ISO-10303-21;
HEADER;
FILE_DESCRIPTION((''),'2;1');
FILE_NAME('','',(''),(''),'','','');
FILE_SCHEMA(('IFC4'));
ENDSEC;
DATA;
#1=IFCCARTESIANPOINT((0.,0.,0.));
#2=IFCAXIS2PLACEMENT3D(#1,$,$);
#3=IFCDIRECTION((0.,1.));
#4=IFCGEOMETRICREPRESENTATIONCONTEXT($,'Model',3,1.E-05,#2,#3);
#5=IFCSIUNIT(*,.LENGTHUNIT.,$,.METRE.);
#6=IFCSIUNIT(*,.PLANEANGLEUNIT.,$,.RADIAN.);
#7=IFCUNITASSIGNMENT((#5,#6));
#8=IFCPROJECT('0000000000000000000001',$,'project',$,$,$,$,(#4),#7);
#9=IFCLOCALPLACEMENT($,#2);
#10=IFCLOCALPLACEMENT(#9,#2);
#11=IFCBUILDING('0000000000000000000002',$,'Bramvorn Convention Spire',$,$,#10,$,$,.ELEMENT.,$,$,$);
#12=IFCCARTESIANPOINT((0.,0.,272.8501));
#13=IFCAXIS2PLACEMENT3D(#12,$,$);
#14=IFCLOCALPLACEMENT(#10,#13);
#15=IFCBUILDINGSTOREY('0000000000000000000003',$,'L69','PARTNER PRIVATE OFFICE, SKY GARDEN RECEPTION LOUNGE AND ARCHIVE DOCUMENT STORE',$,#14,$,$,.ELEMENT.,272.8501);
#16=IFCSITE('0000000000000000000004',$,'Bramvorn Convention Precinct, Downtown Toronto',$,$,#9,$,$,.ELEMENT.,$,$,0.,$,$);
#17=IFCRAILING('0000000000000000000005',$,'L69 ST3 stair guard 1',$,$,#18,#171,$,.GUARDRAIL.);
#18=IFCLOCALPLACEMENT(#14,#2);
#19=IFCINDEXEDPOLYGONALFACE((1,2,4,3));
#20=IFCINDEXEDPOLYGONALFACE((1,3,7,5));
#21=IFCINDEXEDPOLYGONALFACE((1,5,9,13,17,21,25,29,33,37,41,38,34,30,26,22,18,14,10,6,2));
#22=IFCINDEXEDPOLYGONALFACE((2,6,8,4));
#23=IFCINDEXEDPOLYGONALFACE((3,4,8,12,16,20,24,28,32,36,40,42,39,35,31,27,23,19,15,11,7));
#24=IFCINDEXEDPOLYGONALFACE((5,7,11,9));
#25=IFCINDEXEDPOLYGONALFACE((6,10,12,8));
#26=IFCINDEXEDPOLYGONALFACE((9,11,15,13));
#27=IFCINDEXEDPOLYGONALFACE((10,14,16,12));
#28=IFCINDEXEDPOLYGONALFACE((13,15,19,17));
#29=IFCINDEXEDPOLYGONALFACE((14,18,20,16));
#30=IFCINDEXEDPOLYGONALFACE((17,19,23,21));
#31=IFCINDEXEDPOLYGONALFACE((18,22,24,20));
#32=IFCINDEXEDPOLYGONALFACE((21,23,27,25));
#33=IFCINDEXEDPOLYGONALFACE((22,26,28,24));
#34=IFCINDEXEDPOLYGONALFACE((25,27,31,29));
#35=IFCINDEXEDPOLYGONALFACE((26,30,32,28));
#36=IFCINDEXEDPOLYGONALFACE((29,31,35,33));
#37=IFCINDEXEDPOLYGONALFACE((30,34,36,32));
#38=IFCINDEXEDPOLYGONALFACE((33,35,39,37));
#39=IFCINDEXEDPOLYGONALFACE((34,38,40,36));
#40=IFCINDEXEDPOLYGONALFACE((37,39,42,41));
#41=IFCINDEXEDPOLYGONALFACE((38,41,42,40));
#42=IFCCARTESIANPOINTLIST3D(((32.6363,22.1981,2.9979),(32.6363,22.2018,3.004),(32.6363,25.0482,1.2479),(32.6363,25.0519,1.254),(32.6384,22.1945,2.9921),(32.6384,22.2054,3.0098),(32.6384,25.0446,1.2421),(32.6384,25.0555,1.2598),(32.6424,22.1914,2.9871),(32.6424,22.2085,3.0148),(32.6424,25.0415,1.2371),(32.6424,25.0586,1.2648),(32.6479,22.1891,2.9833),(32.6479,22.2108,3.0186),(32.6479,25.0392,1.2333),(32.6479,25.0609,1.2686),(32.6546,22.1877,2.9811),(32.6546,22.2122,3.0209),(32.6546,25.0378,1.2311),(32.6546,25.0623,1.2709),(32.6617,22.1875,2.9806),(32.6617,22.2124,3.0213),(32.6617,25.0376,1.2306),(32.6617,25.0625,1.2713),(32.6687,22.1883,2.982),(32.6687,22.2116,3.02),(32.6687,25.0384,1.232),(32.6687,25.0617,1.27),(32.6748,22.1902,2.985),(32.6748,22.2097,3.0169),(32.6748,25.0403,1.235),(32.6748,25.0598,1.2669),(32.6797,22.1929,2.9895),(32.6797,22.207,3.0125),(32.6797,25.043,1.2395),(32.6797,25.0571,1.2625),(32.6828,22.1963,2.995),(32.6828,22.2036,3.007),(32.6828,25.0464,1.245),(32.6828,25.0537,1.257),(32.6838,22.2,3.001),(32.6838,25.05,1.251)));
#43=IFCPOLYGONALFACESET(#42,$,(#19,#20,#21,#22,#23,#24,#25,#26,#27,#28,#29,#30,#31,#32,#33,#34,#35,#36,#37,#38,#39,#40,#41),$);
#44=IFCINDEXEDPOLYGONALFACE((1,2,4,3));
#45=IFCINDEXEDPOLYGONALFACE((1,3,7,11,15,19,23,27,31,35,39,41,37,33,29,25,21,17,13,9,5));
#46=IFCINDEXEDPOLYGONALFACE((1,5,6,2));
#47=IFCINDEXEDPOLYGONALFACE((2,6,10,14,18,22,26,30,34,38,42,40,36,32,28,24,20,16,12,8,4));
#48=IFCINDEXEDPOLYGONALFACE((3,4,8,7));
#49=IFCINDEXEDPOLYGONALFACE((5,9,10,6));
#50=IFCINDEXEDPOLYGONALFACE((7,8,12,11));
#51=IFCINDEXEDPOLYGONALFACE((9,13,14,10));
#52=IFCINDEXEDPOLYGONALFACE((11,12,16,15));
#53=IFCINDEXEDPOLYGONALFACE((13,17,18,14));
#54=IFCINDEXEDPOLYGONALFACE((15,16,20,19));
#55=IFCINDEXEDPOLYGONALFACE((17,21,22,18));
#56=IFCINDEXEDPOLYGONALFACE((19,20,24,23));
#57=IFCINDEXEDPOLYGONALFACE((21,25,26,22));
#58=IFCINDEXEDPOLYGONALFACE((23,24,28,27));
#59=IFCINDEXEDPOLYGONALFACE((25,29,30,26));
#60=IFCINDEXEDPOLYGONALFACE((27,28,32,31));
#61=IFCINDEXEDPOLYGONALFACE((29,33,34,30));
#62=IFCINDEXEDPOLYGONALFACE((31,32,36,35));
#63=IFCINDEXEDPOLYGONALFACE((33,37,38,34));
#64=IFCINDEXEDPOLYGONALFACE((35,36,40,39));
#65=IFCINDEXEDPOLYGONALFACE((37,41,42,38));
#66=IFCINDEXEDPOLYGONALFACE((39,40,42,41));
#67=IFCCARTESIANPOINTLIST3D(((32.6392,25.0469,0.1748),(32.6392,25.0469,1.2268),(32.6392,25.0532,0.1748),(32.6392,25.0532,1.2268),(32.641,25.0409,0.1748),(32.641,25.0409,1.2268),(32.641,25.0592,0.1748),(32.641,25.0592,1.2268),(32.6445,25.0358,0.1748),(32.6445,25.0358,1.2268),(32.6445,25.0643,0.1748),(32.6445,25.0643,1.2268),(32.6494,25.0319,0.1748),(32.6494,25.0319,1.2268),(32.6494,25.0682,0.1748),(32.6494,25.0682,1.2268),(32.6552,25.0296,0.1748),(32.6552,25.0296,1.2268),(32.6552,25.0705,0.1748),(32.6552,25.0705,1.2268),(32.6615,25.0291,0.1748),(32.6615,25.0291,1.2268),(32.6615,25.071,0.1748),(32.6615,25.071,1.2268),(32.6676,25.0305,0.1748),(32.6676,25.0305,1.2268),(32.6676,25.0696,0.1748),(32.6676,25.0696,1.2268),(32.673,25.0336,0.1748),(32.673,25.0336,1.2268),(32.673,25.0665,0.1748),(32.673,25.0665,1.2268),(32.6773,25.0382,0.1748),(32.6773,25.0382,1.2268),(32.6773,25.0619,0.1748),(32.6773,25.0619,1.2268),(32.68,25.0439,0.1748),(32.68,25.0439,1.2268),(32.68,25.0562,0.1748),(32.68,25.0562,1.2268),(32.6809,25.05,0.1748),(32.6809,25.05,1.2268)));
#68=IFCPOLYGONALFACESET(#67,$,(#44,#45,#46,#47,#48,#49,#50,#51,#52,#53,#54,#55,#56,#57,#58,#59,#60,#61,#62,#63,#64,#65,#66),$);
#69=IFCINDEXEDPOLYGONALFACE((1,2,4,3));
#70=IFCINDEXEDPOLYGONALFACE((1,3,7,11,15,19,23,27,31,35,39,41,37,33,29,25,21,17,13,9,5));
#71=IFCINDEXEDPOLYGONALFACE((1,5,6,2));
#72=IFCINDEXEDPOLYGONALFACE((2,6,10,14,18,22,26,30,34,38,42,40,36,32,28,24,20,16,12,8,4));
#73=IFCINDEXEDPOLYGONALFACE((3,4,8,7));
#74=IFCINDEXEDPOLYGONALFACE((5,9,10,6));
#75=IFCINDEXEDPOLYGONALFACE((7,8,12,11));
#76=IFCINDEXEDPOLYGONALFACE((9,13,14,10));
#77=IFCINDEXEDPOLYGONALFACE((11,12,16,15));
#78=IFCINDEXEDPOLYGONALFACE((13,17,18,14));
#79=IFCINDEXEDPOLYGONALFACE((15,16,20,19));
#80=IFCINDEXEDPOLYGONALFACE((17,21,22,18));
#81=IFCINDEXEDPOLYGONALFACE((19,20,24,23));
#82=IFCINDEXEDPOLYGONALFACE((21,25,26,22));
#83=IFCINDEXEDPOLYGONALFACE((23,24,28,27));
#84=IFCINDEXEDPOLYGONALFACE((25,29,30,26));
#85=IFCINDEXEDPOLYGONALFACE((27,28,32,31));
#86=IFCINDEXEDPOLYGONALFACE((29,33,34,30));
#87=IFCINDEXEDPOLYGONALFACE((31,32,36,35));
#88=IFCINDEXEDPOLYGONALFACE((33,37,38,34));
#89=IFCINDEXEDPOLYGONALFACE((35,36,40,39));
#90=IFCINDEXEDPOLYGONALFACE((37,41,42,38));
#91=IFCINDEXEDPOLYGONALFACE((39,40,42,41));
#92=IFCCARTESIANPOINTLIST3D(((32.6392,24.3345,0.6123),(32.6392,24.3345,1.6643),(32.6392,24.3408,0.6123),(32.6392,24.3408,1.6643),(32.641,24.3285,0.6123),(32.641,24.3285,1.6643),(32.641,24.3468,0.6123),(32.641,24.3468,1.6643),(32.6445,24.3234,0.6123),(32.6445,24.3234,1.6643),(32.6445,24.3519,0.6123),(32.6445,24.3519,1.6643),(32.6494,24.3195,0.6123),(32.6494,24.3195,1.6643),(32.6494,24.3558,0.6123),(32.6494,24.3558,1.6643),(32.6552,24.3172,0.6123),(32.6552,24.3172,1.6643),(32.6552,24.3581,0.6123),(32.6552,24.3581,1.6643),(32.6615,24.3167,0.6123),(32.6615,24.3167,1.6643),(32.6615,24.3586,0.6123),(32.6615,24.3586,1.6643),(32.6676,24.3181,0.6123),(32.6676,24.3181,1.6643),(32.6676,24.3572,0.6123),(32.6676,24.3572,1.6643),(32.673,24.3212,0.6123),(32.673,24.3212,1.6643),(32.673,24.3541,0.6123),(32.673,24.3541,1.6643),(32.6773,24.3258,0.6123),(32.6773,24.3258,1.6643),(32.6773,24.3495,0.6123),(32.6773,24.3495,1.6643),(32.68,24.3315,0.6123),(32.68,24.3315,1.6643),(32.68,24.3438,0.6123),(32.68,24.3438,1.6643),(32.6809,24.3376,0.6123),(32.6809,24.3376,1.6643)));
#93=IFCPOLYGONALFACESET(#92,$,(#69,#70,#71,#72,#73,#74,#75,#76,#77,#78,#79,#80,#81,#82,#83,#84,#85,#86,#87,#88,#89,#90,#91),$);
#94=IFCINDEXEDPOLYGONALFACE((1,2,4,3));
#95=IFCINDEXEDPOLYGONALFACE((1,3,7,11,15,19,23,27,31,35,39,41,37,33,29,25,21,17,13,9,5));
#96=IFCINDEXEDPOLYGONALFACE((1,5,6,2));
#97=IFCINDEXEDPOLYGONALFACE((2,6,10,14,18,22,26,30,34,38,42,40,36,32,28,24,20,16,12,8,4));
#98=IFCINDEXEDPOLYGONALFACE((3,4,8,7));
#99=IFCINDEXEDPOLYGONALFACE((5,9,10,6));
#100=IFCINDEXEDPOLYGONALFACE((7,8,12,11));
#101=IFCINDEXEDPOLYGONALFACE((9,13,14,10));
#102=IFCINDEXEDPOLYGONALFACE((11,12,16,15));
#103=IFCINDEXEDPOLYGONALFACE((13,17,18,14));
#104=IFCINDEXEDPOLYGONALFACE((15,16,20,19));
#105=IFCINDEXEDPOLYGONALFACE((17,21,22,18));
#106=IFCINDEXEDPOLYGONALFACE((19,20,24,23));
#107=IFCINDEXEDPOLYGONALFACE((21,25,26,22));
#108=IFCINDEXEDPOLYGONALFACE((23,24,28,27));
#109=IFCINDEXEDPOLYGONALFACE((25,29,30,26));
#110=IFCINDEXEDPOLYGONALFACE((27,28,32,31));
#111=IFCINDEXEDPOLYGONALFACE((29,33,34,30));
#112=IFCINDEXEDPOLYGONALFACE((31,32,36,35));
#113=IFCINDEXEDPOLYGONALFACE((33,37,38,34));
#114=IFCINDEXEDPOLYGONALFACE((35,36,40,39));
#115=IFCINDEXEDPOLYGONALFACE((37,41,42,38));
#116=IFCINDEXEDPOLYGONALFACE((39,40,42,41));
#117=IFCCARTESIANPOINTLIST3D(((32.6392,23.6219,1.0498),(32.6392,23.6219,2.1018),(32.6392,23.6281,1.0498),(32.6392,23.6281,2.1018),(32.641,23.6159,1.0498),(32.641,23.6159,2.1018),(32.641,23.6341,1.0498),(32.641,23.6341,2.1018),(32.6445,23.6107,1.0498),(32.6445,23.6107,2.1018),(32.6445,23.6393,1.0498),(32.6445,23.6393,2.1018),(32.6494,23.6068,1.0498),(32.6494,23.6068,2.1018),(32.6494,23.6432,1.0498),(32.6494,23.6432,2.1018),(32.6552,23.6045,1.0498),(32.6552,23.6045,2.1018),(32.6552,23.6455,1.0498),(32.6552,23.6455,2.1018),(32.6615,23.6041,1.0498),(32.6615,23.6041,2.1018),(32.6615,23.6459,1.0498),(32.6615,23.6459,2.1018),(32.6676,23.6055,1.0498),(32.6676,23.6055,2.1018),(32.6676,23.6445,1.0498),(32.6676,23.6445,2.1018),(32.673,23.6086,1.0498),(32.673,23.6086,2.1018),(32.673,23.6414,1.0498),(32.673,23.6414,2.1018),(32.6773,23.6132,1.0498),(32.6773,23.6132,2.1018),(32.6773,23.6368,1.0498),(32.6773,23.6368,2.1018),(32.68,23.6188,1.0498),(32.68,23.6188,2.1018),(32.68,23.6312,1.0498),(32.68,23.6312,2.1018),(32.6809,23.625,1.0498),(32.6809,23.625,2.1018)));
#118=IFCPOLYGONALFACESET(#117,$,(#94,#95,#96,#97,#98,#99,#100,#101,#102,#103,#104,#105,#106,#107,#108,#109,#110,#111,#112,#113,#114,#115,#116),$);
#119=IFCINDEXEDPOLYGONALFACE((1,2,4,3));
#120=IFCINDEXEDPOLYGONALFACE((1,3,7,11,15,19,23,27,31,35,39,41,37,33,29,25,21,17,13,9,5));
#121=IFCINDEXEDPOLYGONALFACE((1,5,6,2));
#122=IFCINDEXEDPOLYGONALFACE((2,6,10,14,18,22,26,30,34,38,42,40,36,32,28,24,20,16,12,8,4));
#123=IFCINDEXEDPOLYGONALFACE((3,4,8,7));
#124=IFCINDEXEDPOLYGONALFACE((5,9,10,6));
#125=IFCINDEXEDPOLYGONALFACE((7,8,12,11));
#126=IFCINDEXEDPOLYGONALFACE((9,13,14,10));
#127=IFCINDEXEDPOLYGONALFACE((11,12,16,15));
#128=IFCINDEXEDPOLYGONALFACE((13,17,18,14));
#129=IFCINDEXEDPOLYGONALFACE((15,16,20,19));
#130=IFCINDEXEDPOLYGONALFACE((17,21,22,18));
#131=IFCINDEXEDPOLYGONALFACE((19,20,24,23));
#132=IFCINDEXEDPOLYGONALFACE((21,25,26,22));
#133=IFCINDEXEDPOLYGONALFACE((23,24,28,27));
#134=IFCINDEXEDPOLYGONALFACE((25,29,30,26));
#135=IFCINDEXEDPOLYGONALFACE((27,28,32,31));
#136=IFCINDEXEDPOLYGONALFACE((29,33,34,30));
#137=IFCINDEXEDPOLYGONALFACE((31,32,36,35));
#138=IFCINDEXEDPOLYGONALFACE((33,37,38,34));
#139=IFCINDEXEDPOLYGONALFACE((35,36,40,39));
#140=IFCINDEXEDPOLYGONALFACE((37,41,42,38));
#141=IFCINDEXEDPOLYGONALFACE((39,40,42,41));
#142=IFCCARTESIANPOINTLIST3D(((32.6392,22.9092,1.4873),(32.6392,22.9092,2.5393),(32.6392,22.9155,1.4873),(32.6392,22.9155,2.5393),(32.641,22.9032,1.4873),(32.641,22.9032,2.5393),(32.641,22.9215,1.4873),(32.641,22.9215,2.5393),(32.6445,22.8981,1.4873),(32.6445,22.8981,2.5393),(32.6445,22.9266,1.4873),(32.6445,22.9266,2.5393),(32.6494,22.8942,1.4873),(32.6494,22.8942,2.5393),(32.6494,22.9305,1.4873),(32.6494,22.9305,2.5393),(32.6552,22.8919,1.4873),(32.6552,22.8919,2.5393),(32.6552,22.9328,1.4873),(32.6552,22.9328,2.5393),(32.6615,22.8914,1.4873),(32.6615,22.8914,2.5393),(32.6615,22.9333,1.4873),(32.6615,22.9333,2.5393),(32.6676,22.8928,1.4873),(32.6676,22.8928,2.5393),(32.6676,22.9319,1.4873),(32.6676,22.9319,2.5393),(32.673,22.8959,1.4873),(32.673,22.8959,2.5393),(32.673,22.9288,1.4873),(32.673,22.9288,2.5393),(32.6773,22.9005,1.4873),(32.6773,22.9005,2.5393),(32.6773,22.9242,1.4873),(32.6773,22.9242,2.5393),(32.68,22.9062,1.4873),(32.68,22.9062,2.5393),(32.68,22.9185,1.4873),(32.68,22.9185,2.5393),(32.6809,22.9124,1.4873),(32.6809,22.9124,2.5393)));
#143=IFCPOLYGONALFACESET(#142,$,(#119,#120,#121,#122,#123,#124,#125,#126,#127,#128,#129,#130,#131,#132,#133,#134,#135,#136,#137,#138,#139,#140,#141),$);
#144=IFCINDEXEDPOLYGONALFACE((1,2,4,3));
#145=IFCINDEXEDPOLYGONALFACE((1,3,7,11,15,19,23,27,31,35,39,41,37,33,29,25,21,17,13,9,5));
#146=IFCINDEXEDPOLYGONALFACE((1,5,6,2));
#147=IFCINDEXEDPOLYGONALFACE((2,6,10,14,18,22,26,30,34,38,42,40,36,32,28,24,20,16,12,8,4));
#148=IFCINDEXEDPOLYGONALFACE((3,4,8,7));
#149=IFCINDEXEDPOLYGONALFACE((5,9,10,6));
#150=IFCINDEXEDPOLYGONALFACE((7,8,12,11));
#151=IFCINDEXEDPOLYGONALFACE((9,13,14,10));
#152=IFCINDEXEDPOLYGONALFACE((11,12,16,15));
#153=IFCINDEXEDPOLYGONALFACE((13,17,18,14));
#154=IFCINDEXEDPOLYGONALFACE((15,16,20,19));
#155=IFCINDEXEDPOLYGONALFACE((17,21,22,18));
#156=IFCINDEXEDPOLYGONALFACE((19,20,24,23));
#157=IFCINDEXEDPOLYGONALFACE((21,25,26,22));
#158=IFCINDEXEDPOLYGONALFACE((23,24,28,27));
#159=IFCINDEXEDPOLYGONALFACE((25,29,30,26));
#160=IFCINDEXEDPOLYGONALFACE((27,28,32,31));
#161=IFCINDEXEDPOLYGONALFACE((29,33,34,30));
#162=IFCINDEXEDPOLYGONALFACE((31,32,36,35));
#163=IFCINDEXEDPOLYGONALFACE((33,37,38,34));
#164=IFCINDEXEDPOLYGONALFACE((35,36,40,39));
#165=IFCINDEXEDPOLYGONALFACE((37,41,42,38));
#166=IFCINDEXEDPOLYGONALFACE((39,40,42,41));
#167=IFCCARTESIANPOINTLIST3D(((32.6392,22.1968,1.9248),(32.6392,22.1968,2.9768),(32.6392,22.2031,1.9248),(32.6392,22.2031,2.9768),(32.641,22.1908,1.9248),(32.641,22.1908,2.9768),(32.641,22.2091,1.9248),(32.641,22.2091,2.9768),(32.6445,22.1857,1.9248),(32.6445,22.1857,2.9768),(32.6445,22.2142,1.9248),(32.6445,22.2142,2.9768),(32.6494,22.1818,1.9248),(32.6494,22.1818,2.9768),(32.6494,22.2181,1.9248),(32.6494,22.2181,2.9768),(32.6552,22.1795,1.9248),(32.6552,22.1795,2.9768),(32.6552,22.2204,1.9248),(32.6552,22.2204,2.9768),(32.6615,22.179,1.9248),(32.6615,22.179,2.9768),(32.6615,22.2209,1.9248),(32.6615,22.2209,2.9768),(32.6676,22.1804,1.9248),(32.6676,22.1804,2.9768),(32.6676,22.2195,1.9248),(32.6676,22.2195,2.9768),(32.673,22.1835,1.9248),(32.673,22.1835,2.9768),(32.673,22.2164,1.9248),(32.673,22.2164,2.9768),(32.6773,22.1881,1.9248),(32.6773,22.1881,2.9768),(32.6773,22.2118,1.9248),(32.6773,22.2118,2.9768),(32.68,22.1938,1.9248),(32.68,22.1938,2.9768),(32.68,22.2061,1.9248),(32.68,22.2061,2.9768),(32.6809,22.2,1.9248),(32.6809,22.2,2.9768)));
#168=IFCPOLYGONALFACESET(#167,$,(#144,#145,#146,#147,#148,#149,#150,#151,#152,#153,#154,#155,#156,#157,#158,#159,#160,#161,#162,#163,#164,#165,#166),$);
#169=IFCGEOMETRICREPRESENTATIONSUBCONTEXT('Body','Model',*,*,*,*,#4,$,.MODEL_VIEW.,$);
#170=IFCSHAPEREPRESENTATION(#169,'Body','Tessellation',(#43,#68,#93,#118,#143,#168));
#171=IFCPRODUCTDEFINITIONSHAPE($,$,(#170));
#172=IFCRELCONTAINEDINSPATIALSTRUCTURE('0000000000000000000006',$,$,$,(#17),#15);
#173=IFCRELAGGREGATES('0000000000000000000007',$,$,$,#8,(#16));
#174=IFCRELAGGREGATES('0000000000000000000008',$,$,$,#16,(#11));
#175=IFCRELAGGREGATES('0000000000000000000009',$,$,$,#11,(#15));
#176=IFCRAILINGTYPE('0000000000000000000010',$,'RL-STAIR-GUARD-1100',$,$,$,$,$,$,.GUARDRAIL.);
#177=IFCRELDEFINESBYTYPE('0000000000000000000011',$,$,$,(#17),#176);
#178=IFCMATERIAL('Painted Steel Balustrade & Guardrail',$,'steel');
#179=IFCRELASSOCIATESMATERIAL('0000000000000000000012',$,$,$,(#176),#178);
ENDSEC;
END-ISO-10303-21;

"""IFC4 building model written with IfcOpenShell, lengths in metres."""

from ifc_helpers import new_model, si_unit, direction, frame, origin, origin_2d, place, context, subcontext, project, spatial, circle, extrude, material, type_object, element, save


model = new_model("IFC4")

# Units and contexts
model_context = context("Model", 3, precision=1e-05, world=origin(), true_north=direction((0.0, 1.0)))
body_context = subcontext(model_context, "Body", "Model", "MODEL_VIEW")
ifc_project = project(units=[si_unit("LENGTHUNIT", "METRE"), si_unit("PLANEANGLEUNIT", "RADIAN")], contexts=[model_context])

# Site, building, storey
site_placement = place(None, origin())
site = spatial("IfcSite", under=ifc_project, at=site_placement, Name="Bramvorn Convention Precinct, Downtown Toronto", CompositionType="ELEMENT", RefElevation=0.0)
building_placement = place(site_placement, origin())
building = spatial("IfcBuilding", under=site, at=building_placement, Name="Bramvorn Convention Spire", CompositionType="ELEMENT")
storey_placement = place(building_placement, frame((0.0, 0.0, 272.8501)))
storey = spatial("IfcBuildingStorey", under=building, at=storey_placement, Name="L69", Description="PARTNER PRIVATE OFFICE, SKY GARDEN RECEPTION LOUNGE AND ARCHIVE DOCUMENT STORE", CompositionType="ELEMENT", Elevation=272.8501)

# Railing
ifc_material_1 = material(Name="Painted Steel Balustrade & Guardrail", Category="steel")
railing_type_1 = type_object("IfcRailingType", Name="RL-STAIR-GUARD-1100", PredefinedType="GUARDRAIL", material=ifc_material_1)
railing_1_placement = place(storey_placement, frame((32.6599, 25.05, 0.1748)))
element("IfcRailing", 1, at=railing_1_placement, inside=storey, type_object=railing_type_1, Name="L69 ST3 stair guard 1", PredefinedType="GUARDRAIL", context=body_context, shape_type="SweptSolid", body=[
    extrude(circle(Radius=0.0239, at=origin_2d()), frame((0.0, 0.0, 1.0762), z_axis=(0.0, -0.852179, 0.52325), x_axis=(1.0, 0.0, 0.0)), (0.0, 0.0, 1.0), 3.3445),
    extrude(circle(Radius=0.021, at=origin_2d()), origin(), (0.0, 0.0, 1.0), 1.052),
    extrude(circle(Radius=0.021, at=origin_2d()), frame((0.0, -0.7124, 0.4375)), (0.0, 0.0, 1.0), 1.052),
    extrude(circle(Radius=0.021, at=origin_2d()), frame((0.0, -1.425, 0.875)), (0.0, 0.0, 1.0), 1.052),
    extrude(circle(Radius=0.021, at=origin_2d()), frame((0.0, -2.1377, 1.3125)), (0.0, 0.0, 1.0), 1.052),
    extrude(circle(Radius=0.021, at=origin_2d()), frame((0.0, -2.8501, 1.75)), (0.0, 0.0, 1.0), 1.052),
])

save(model, "model.ifc")
